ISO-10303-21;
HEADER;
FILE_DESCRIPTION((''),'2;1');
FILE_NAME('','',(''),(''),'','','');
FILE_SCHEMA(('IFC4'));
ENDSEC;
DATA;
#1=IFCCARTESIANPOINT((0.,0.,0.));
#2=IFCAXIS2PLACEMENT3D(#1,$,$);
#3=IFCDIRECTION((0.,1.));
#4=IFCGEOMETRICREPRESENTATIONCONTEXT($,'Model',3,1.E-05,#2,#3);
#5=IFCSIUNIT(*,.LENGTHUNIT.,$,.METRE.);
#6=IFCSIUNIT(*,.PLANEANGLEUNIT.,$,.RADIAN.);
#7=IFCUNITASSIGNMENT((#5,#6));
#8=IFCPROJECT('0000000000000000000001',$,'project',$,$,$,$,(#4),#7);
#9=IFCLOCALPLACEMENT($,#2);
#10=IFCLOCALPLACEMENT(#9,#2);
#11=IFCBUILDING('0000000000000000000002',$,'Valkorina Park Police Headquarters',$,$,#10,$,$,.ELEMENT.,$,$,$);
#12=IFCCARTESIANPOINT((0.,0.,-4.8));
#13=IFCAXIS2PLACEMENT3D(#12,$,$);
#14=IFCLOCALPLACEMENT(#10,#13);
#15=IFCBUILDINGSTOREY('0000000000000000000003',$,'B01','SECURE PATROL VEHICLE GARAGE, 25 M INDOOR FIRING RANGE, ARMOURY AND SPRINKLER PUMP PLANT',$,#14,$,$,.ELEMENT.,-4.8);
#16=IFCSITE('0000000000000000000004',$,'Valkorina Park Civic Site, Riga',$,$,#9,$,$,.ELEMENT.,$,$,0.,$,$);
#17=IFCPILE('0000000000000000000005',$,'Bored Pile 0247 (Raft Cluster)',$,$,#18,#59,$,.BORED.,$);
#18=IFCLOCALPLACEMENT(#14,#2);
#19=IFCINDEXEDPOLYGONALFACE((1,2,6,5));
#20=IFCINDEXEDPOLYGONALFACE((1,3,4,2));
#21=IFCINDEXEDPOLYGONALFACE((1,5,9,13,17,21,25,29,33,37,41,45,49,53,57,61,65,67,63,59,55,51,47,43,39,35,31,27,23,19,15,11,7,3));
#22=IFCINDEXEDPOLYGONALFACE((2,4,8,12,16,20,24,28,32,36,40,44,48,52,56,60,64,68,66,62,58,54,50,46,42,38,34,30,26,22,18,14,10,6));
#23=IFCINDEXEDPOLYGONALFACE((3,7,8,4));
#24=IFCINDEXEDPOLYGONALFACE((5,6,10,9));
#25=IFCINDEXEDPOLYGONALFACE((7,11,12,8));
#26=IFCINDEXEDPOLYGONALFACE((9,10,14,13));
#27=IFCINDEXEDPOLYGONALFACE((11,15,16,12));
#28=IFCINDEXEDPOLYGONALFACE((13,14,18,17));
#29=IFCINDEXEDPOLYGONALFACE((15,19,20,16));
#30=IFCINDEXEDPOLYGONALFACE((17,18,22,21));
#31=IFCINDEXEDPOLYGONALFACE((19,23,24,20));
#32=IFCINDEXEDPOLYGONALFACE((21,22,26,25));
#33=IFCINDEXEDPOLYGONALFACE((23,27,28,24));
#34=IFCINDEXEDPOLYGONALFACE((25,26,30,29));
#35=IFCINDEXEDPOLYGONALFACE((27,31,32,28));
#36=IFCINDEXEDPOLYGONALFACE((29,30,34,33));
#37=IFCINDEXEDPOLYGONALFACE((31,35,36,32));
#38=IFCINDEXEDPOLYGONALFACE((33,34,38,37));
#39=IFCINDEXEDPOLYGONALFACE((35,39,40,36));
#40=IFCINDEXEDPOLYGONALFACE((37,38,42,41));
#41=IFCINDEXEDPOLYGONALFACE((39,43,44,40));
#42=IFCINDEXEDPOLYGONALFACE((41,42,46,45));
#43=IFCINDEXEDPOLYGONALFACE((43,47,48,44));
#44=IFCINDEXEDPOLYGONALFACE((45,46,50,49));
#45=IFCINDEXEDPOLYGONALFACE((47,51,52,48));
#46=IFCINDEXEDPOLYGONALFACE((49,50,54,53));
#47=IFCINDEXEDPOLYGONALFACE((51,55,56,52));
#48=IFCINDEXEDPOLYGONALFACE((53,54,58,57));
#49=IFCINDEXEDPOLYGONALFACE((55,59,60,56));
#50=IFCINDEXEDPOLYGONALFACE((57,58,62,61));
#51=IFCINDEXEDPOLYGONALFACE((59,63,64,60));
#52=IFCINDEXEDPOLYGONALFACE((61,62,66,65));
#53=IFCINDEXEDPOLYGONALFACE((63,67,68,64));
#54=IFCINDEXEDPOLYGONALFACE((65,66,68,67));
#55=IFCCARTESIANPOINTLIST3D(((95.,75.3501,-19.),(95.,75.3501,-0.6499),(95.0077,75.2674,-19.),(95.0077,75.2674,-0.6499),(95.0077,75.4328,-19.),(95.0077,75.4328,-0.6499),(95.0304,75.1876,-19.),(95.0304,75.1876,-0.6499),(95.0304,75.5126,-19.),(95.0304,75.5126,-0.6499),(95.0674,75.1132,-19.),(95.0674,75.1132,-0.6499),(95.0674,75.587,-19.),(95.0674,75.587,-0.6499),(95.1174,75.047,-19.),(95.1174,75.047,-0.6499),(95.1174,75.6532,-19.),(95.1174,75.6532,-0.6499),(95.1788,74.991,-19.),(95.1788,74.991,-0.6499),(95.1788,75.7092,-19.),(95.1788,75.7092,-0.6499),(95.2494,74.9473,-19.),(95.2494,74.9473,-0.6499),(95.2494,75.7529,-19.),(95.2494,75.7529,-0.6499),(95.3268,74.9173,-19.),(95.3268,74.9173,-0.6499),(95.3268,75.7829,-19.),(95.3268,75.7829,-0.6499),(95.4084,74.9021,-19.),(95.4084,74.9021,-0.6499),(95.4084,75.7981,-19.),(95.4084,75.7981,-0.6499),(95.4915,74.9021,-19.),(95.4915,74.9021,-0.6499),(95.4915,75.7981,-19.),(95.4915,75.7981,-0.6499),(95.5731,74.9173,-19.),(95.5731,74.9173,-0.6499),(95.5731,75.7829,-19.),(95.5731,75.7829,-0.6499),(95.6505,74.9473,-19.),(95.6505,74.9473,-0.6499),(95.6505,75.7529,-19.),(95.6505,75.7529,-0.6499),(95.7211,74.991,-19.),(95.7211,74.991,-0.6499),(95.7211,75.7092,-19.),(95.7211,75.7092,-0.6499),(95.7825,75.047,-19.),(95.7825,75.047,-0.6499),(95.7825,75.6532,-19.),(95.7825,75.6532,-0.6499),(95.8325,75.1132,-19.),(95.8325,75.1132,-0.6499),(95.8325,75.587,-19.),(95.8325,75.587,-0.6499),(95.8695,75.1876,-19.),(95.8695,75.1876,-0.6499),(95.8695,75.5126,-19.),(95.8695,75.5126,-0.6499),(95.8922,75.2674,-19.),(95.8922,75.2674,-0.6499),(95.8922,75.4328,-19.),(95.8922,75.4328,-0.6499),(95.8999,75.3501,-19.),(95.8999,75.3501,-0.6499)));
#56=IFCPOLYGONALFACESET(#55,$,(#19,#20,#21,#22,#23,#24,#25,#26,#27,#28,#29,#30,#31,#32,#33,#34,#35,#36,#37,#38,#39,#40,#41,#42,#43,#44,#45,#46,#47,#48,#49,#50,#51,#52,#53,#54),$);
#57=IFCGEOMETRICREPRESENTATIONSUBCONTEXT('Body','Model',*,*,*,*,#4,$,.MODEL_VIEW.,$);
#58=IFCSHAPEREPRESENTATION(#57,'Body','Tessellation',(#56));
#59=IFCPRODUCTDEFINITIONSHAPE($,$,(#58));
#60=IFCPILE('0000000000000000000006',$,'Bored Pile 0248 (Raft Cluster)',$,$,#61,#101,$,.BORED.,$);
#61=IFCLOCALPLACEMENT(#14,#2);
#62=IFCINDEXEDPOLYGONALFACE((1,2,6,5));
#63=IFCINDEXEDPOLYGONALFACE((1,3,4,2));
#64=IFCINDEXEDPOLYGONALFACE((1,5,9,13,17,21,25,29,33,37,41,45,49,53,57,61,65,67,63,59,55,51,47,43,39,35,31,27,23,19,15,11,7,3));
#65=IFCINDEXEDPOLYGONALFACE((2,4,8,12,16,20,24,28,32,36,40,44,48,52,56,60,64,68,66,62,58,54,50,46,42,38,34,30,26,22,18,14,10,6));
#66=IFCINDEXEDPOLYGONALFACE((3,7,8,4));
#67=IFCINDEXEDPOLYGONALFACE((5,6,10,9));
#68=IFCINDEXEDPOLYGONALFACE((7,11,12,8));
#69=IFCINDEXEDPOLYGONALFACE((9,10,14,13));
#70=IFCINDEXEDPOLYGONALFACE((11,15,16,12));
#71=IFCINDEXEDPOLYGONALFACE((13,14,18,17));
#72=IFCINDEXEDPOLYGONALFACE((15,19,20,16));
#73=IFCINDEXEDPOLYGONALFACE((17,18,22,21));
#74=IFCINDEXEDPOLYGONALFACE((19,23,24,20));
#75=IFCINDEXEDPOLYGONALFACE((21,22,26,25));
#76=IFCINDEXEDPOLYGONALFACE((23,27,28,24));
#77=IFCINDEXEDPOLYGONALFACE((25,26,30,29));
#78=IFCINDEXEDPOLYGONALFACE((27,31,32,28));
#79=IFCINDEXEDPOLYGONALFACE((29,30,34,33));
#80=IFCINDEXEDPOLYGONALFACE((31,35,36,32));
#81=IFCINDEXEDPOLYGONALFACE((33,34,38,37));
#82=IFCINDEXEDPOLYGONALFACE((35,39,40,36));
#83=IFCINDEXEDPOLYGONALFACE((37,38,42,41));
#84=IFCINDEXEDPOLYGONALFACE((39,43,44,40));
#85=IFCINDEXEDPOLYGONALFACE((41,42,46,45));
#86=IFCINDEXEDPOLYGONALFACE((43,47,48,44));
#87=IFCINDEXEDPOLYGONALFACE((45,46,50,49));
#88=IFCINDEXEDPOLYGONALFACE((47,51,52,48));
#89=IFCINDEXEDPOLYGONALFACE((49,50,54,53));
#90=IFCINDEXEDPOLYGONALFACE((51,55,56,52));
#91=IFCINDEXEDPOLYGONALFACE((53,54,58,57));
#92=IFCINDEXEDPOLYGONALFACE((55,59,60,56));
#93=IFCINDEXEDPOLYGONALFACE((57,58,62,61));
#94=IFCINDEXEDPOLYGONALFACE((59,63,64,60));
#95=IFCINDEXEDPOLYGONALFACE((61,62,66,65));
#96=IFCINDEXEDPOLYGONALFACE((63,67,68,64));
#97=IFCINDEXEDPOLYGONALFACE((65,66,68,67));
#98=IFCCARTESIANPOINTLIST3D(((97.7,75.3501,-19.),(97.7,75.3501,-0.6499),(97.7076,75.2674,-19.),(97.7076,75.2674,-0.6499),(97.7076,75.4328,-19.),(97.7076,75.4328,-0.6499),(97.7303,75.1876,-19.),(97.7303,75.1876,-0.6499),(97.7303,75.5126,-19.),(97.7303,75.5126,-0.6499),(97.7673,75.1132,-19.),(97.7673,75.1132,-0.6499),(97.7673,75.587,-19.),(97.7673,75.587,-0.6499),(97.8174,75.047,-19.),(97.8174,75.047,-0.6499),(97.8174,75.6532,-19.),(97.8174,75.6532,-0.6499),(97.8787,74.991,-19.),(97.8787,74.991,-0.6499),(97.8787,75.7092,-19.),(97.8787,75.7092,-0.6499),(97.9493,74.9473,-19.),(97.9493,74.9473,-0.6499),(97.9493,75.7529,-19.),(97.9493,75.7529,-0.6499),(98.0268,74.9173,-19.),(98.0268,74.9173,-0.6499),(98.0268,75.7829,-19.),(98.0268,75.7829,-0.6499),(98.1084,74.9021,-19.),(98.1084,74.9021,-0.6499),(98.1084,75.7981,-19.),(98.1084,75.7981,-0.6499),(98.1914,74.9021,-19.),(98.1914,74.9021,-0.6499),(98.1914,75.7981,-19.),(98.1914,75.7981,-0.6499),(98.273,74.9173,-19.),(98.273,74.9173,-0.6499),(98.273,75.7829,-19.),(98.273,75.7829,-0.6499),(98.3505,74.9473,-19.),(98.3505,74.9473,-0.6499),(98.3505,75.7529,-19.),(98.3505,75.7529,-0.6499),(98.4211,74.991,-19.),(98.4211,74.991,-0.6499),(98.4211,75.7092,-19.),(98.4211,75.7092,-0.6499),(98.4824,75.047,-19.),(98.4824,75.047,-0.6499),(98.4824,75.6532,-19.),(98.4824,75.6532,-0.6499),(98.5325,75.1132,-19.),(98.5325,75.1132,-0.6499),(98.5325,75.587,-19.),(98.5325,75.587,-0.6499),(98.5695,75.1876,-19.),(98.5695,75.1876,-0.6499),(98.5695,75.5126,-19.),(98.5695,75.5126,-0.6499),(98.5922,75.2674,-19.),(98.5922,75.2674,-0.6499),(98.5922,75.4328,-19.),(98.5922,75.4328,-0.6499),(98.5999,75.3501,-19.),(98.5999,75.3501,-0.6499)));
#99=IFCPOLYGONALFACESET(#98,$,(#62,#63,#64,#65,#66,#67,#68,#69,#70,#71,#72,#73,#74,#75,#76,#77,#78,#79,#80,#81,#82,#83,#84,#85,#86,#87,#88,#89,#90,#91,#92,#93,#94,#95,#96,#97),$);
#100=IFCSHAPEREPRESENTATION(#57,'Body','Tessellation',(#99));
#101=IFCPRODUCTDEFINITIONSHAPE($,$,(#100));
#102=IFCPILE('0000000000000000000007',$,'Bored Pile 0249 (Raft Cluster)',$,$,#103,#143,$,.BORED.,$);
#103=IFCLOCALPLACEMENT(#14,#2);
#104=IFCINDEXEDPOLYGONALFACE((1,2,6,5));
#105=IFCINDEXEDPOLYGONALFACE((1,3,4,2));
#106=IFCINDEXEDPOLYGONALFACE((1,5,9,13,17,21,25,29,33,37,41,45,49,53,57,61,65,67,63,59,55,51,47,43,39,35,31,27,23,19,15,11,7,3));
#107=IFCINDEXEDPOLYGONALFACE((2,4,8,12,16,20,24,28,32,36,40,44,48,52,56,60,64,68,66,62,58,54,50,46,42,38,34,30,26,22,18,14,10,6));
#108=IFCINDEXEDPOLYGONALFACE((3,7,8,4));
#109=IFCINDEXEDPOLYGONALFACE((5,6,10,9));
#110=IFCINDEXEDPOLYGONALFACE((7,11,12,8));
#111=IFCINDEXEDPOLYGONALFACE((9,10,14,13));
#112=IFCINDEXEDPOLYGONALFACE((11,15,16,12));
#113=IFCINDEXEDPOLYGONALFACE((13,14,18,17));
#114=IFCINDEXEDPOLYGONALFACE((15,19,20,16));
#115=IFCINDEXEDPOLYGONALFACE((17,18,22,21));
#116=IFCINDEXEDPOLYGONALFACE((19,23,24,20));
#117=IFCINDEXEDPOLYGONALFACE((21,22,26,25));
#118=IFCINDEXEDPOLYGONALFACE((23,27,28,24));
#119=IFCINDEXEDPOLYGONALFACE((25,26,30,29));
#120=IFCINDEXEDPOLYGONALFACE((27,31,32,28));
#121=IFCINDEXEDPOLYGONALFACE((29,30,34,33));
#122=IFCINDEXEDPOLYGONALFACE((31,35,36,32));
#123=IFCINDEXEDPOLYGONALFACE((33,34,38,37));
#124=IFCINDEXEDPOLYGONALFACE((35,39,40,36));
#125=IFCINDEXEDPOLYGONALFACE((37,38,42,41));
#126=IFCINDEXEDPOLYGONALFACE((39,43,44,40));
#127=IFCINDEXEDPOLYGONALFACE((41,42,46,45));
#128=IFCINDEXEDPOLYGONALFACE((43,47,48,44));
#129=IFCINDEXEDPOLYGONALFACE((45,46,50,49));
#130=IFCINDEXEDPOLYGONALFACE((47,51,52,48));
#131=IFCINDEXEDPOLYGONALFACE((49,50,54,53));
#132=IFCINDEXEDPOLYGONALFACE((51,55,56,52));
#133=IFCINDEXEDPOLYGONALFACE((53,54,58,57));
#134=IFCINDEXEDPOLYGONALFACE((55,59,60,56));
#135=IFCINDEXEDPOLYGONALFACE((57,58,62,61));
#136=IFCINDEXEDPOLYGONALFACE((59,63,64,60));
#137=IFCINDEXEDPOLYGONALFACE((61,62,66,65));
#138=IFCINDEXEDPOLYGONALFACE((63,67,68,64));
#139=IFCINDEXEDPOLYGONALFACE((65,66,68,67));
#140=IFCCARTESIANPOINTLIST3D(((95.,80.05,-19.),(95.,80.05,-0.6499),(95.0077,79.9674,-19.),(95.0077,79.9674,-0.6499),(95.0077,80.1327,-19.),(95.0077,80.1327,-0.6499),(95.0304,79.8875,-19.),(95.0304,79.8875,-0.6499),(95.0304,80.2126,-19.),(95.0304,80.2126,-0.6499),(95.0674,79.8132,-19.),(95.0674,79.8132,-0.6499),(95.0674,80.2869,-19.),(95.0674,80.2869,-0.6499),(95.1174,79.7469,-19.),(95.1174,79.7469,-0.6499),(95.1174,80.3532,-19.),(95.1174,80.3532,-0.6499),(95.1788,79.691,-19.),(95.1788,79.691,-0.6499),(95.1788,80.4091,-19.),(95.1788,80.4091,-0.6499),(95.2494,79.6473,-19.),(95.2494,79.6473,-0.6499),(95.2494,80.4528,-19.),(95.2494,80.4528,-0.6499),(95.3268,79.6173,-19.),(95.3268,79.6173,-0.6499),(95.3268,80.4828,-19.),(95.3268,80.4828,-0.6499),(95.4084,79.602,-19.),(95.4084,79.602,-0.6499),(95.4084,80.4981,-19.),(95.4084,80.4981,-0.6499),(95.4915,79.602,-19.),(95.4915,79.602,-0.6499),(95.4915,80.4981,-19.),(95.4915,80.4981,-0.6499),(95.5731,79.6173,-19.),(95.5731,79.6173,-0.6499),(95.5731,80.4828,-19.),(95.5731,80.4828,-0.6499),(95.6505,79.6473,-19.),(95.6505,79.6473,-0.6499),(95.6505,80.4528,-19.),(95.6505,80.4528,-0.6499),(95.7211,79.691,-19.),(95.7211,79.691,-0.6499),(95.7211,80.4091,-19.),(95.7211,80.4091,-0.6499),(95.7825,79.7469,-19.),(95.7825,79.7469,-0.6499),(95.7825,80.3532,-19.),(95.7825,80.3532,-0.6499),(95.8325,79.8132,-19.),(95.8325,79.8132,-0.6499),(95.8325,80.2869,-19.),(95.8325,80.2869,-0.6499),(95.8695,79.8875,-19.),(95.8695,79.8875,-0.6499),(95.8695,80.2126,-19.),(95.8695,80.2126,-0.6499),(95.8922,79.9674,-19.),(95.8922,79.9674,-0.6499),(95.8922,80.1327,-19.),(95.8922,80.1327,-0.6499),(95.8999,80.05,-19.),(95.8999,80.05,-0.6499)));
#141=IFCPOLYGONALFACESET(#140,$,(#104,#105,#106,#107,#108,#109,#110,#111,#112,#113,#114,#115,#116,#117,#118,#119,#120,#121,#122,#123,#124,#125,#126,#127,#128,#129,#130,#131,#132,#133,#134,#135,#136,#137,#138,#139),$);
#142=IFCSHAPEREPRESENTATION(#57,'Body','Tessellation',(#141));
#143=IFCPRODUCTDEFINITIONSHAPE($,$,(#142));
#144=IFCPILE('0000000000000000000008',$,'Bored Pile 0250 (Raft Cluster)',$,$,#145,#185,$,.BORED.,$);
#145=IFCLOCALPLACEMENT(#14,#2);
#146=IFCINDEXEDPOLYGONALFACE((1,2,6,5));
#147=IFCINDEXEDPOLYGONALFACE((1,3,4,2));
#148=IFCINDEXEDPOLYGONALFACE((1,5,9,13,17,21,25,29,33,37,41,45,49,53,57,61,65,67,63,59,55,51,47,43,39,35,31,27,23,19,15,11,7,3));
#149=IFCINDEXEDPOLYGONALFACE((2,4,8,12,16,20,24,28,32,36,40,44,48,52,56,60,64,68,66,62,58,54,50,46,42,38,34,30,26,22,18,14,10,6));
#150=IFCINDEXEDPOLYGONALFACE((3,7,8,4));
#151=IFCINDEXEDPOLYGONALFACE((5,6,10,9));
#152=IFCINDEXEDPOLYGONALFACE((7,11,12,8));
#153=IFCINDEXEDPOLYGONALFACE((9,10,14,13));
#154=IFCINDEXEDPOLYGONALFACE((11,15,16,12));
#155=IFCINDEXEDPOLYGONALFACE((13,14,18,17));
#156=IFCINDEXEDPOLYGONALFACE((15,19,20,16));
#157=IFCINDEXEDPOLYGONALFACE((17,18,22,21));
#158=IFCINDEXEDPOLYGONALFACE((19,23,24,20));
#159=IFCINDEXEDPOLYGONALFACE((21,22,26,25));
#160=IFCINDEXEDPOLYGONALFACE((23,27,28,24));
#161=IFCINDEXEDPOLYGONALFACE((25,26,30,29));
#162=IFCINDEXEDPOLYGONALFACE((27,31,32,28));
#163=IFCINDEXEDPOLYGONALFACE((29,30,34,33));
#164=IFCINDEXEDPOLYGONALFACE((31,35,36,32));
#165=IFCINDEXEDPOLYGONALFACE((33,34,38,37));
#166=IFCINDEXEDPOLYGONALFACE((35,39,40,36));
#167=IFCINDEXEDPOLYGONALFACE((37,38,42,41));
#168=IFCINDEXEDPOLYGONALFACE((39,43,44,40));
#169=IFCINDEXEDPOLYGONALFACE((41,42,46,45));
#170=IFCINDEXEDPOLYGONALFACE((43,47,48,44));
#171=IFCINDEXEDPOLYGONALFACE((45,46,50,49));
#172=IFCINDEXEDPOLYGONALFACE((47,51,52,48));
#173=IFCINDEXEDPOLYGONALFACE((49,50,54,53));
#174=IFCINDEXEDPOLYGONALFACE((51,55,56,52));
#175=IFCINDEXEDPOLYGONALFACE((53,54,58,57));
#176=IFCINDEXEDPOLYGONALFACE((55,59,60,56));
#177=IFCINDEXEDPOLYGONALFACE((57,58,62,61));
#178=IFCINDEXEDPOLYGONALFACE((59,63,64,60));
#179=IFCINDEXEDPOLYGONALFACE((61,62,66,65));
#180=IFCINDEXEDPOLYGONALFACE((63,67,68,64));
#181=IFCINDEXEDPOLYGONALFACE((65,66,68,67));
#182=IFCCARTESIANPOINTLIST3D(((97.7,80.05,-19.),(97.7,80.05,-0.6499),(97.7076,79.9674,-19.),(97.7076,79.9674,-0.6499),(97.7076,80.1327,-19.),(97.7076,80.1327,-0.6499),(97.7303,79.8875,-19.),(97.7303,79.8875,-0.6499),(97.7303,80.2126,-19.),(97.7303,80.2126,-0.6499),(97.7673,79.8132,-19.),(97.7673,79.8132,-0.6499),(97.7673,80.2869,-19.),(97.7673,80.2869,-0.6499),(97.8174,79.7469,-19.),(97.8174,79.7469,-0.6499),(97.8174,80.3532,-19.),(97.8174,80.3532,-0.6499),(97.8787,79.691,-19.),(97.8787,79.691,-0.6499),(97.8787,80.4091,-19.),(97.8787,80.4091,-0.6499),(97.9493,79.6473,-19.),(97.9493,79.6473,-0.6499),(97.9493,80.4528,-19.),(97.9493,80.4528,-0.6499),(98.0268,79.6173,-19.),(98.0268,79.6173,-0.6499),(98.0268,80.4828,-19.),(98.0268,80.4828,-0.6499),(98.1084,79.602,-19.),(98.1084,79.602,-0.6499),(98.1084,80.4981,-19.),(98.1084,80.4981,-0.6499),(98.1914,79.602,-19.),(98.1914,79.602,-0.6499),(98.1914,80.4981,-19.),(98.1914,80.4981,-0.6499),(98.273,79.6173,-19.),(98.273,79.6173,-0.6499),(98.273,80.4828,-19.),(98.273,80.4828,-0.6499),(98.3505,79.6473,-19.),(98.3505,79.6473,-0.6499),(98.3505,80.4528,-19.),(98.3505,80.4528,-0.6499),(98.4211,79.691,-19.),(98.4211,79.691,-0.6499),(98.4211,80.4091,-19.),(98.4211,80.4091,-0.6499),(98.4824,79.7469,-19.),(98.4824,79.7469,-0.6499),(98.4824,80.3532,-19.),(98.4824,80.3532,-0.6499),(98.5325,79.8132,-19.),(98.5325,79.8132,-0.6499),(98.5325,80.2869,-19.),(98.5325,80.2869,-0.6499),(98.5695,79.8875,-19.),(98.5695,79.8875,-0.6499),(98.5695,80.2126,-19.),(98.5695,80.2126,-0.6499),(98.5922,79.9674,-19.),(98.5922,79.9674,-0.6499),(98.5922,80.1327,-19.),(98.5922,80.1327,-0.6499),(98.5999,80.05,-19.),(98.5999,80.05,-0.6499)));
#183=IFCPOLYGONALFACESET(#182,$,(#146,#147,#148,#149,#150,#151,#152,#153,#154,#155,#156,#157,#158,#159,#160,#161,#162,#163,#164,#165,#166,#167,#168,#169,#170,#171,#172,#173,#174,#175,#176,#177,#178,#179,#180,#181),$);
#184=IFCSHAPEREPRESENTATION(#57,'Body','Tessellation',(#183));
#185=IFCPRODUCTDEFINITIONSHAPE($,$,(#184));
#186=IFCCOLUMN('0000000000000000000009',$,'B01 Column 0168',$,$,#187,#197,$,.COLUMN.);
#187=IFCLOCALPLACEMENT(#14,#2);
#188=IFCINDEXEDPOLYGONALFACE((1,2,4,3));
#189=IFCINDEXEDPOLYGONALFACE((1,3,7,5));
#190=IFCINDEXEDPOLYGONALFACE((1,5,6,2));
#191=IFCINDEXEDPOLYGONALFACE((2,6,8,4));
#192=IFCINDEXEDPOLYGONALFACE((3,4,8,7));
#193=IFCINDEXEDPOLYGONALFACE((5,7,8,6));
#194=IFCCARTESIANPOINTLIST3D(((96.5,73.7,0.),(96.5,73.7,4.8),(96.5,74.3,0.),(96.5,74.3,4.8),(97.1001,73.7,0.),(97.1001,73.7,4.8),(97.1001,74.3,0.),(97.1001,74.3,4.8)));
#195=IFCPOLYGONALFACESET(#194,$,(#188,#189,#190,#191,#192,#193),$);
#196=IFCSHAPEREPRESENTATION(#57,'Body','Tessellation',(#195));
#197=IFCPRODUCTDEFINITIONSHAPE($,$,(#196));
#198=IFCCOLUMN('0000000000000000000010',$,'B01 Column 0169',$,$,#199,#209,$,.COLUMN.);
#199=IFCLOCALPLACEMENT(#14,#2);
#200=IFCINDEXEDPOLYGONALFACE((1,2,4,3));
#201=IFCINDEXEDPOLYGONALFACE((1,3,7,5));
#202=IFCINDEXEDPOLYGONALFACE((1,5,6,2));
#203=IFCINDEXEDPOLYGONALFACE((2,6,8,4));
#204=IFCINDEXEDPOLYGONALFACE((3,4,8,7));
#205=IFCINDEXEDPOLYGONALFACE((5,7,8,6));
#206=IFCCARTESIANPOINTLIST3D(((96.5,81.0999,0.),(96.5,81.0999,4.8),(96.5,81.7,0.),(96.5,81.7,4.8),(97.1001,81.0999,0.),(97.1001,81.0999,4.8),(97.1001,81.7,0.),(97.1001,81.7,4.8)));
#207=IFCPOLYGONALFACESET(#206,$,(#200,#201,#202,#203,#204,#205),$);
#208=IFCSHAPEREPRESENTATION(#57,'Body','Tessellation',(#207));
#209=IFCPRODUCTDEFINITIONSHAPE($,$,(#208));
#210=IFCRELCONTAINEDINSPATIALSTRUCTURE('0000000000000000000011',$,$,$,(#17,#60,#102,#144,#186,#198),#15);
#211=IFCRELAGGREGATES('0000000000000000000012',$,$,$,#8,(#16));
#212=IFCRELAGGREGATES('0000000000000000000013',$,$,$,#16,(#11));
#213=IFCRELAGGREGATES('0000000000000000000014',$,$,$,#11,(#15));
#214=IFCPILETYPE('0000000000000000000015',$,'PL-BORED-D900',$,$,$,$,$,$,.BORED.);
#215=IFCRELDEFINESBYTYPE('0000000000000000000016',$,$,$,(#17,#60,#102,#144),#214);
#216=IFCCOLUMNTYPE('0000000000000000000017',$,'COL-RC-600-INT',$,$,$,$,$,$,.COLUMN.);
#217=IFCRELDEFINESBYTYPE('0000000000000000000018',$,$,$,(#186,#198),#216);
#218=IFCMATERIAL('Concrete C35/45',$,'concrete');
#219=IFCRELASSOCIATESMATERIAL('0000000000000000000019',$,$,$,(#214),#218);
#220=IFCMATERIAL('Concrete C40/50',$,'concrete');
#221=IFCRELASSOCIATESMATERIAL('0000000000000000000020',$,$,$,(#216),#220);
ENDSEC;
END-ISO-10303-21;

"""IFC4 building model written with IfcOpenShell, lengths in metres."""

from ifc_helpers import new_model, si_unit, direction, frame, origin, origin_2d, place, context, subcontext, project, spatial, rectangle, circle, extrude, material, material_profile, profile_set, type_object, element, save


model = new_model("IFC4")

# Units and contexts
model_context = context("Model", 3, precision=1e-05, world=origin(), true_north=direction((0.0, 1.0)))
body_context = subcontext(model_context, "Body", "Model", "MODEL_VIEW")
ifc_project = project(units=[si_unit("LENGTHUNIT", "METRE"), si_unit("PLANEANGLEUNIT", "RADIAN")], contexts=[model_context])

# Site, building, storey
site_placement = place(None, origin())
site = spatial("IfcSite", under=ifc_project, at=site_placement, Name="Valkorina Park Civic Site, Riga", CompositionType="ELEMENT", RefElevation=0.0)
building_placement = place(site_placement, origin())
building = spatial("IfcBuilding", under=site, at=building_placement, Name="Valkorina Park Police Headquarters", CompositionType="ELEMENT")
storey_placement = place(building_placement, frame((0.0, 0.0, -4.8)))
storey = spatial("IfcBuildingStorey", under=building, at=storey_placement, Name="B01", Description="SECURE PATROL VEHICLE GARAGE, 25 M INDOOR FIRING RANGE, ARMOURY AND SPRINKLER PUMP PLANT", CompositionType="ELEMENT", Elevation=-4.8)

# Piles
ifc_material_1 = material(Name="Concrete C35/45", Category="concrete")
ifc_material_profile_1 = material_profile(ifc_material_1, circle(Radius=0.45, at=origin_2d()), Name="BORED PILE D900")
ifc_profile_set_1 = profile_set([ifc_material_profile_1], Name="Concrete C35/45")
pile_type = type_object("IfcPileType", Name="PL-BORED-D900", PredefinedType="BORED", material=ifc_profile_set_1)
for number, where, z_axis, x_axis, name in (
    (1, (95.45, 75.3501, -0.6499), (0.0, 0.0, -1.0), (1.0, 0.0, 0.0), "Bored Pile 0247 (Raft Cluster)"),
    (2, (98.1499, 75.3501, -0.6499), (0.0, 0.0, -1.0), (1.0, 0.0, 0.0), "Bored Pile 0248 (Raft Cluster)"),
    (3, (95.45, 80.05, -0.6499), (0.0, 0.0, -1.0), (1.0, 0.0, 0.0), "Bored Pile 0249 (Raft Cluster)"),
    (4, (98.1499, 80.05, -0.6499), (0.0, 0.0, -1.0), (1.0, 0.0, 0.0), "Bored Pile 0250 (Raft Cluster)"),
):
    element("IfcPile", number, at=place(storey_placement, frame(where, z_axis=z_axis, x_axis=x_axis)), inside=storey, type_object=pile_type, Name=name, PredefinedType="BORED", context=body_context, shape_type="SweptSolid", body=[
        extrude(circle(Radius=0.45, at=origin_2d()), origin(), (0.0, 0.0, 1.0), 18.3501),
    ])

# Columns
ifc_material_2 = material(Name="Concrete C40/50", Category="concrete")
ifc_material_profile_2 = material_profile(ifc_material_2, rectangle(XDim=0.6001, YDim=0.6001, at=origin_2d()), Name="RC COL 600x600")
ifc_profile_set_2 = profile_set([ifc_material_profile_2], Name="Concrete C40/50")
column_type = type_object("IfcColumnType", Name="COL-RC-600-INT", PredefinedType="COLUMN", material=ifc_profile_set_2)
for number, where, z_axis, x_axis, name in (
    (5, (96.8, 74.0, 0.0), (0.0, 0.0, 1.0), (1.0, 0.0, 0.0), "B01 Column 0168"),
    (6, (96.8, 81.3999, 0.0), (0.0, 0.0, 1.0), (1.0, 0.0, 0.0), "B01 Column 0169"),
):
    element("IfcColumn", number, at=place(storey_placement, frame(where, z_axis=z_axis, x_axis=x_axis)), inside=storey, type_object=column_type, Name=name, PredefinedType="COLUMN", context=body_context, shape_type="SweptSolid", body=[
        extrude(rectangle(XDim=0.6001, YDim=0.6001, at=origin_2d()), origin(), (0.0, 0.0, 1.0), 4.8),
    ])

save(model, "model.ifc")
